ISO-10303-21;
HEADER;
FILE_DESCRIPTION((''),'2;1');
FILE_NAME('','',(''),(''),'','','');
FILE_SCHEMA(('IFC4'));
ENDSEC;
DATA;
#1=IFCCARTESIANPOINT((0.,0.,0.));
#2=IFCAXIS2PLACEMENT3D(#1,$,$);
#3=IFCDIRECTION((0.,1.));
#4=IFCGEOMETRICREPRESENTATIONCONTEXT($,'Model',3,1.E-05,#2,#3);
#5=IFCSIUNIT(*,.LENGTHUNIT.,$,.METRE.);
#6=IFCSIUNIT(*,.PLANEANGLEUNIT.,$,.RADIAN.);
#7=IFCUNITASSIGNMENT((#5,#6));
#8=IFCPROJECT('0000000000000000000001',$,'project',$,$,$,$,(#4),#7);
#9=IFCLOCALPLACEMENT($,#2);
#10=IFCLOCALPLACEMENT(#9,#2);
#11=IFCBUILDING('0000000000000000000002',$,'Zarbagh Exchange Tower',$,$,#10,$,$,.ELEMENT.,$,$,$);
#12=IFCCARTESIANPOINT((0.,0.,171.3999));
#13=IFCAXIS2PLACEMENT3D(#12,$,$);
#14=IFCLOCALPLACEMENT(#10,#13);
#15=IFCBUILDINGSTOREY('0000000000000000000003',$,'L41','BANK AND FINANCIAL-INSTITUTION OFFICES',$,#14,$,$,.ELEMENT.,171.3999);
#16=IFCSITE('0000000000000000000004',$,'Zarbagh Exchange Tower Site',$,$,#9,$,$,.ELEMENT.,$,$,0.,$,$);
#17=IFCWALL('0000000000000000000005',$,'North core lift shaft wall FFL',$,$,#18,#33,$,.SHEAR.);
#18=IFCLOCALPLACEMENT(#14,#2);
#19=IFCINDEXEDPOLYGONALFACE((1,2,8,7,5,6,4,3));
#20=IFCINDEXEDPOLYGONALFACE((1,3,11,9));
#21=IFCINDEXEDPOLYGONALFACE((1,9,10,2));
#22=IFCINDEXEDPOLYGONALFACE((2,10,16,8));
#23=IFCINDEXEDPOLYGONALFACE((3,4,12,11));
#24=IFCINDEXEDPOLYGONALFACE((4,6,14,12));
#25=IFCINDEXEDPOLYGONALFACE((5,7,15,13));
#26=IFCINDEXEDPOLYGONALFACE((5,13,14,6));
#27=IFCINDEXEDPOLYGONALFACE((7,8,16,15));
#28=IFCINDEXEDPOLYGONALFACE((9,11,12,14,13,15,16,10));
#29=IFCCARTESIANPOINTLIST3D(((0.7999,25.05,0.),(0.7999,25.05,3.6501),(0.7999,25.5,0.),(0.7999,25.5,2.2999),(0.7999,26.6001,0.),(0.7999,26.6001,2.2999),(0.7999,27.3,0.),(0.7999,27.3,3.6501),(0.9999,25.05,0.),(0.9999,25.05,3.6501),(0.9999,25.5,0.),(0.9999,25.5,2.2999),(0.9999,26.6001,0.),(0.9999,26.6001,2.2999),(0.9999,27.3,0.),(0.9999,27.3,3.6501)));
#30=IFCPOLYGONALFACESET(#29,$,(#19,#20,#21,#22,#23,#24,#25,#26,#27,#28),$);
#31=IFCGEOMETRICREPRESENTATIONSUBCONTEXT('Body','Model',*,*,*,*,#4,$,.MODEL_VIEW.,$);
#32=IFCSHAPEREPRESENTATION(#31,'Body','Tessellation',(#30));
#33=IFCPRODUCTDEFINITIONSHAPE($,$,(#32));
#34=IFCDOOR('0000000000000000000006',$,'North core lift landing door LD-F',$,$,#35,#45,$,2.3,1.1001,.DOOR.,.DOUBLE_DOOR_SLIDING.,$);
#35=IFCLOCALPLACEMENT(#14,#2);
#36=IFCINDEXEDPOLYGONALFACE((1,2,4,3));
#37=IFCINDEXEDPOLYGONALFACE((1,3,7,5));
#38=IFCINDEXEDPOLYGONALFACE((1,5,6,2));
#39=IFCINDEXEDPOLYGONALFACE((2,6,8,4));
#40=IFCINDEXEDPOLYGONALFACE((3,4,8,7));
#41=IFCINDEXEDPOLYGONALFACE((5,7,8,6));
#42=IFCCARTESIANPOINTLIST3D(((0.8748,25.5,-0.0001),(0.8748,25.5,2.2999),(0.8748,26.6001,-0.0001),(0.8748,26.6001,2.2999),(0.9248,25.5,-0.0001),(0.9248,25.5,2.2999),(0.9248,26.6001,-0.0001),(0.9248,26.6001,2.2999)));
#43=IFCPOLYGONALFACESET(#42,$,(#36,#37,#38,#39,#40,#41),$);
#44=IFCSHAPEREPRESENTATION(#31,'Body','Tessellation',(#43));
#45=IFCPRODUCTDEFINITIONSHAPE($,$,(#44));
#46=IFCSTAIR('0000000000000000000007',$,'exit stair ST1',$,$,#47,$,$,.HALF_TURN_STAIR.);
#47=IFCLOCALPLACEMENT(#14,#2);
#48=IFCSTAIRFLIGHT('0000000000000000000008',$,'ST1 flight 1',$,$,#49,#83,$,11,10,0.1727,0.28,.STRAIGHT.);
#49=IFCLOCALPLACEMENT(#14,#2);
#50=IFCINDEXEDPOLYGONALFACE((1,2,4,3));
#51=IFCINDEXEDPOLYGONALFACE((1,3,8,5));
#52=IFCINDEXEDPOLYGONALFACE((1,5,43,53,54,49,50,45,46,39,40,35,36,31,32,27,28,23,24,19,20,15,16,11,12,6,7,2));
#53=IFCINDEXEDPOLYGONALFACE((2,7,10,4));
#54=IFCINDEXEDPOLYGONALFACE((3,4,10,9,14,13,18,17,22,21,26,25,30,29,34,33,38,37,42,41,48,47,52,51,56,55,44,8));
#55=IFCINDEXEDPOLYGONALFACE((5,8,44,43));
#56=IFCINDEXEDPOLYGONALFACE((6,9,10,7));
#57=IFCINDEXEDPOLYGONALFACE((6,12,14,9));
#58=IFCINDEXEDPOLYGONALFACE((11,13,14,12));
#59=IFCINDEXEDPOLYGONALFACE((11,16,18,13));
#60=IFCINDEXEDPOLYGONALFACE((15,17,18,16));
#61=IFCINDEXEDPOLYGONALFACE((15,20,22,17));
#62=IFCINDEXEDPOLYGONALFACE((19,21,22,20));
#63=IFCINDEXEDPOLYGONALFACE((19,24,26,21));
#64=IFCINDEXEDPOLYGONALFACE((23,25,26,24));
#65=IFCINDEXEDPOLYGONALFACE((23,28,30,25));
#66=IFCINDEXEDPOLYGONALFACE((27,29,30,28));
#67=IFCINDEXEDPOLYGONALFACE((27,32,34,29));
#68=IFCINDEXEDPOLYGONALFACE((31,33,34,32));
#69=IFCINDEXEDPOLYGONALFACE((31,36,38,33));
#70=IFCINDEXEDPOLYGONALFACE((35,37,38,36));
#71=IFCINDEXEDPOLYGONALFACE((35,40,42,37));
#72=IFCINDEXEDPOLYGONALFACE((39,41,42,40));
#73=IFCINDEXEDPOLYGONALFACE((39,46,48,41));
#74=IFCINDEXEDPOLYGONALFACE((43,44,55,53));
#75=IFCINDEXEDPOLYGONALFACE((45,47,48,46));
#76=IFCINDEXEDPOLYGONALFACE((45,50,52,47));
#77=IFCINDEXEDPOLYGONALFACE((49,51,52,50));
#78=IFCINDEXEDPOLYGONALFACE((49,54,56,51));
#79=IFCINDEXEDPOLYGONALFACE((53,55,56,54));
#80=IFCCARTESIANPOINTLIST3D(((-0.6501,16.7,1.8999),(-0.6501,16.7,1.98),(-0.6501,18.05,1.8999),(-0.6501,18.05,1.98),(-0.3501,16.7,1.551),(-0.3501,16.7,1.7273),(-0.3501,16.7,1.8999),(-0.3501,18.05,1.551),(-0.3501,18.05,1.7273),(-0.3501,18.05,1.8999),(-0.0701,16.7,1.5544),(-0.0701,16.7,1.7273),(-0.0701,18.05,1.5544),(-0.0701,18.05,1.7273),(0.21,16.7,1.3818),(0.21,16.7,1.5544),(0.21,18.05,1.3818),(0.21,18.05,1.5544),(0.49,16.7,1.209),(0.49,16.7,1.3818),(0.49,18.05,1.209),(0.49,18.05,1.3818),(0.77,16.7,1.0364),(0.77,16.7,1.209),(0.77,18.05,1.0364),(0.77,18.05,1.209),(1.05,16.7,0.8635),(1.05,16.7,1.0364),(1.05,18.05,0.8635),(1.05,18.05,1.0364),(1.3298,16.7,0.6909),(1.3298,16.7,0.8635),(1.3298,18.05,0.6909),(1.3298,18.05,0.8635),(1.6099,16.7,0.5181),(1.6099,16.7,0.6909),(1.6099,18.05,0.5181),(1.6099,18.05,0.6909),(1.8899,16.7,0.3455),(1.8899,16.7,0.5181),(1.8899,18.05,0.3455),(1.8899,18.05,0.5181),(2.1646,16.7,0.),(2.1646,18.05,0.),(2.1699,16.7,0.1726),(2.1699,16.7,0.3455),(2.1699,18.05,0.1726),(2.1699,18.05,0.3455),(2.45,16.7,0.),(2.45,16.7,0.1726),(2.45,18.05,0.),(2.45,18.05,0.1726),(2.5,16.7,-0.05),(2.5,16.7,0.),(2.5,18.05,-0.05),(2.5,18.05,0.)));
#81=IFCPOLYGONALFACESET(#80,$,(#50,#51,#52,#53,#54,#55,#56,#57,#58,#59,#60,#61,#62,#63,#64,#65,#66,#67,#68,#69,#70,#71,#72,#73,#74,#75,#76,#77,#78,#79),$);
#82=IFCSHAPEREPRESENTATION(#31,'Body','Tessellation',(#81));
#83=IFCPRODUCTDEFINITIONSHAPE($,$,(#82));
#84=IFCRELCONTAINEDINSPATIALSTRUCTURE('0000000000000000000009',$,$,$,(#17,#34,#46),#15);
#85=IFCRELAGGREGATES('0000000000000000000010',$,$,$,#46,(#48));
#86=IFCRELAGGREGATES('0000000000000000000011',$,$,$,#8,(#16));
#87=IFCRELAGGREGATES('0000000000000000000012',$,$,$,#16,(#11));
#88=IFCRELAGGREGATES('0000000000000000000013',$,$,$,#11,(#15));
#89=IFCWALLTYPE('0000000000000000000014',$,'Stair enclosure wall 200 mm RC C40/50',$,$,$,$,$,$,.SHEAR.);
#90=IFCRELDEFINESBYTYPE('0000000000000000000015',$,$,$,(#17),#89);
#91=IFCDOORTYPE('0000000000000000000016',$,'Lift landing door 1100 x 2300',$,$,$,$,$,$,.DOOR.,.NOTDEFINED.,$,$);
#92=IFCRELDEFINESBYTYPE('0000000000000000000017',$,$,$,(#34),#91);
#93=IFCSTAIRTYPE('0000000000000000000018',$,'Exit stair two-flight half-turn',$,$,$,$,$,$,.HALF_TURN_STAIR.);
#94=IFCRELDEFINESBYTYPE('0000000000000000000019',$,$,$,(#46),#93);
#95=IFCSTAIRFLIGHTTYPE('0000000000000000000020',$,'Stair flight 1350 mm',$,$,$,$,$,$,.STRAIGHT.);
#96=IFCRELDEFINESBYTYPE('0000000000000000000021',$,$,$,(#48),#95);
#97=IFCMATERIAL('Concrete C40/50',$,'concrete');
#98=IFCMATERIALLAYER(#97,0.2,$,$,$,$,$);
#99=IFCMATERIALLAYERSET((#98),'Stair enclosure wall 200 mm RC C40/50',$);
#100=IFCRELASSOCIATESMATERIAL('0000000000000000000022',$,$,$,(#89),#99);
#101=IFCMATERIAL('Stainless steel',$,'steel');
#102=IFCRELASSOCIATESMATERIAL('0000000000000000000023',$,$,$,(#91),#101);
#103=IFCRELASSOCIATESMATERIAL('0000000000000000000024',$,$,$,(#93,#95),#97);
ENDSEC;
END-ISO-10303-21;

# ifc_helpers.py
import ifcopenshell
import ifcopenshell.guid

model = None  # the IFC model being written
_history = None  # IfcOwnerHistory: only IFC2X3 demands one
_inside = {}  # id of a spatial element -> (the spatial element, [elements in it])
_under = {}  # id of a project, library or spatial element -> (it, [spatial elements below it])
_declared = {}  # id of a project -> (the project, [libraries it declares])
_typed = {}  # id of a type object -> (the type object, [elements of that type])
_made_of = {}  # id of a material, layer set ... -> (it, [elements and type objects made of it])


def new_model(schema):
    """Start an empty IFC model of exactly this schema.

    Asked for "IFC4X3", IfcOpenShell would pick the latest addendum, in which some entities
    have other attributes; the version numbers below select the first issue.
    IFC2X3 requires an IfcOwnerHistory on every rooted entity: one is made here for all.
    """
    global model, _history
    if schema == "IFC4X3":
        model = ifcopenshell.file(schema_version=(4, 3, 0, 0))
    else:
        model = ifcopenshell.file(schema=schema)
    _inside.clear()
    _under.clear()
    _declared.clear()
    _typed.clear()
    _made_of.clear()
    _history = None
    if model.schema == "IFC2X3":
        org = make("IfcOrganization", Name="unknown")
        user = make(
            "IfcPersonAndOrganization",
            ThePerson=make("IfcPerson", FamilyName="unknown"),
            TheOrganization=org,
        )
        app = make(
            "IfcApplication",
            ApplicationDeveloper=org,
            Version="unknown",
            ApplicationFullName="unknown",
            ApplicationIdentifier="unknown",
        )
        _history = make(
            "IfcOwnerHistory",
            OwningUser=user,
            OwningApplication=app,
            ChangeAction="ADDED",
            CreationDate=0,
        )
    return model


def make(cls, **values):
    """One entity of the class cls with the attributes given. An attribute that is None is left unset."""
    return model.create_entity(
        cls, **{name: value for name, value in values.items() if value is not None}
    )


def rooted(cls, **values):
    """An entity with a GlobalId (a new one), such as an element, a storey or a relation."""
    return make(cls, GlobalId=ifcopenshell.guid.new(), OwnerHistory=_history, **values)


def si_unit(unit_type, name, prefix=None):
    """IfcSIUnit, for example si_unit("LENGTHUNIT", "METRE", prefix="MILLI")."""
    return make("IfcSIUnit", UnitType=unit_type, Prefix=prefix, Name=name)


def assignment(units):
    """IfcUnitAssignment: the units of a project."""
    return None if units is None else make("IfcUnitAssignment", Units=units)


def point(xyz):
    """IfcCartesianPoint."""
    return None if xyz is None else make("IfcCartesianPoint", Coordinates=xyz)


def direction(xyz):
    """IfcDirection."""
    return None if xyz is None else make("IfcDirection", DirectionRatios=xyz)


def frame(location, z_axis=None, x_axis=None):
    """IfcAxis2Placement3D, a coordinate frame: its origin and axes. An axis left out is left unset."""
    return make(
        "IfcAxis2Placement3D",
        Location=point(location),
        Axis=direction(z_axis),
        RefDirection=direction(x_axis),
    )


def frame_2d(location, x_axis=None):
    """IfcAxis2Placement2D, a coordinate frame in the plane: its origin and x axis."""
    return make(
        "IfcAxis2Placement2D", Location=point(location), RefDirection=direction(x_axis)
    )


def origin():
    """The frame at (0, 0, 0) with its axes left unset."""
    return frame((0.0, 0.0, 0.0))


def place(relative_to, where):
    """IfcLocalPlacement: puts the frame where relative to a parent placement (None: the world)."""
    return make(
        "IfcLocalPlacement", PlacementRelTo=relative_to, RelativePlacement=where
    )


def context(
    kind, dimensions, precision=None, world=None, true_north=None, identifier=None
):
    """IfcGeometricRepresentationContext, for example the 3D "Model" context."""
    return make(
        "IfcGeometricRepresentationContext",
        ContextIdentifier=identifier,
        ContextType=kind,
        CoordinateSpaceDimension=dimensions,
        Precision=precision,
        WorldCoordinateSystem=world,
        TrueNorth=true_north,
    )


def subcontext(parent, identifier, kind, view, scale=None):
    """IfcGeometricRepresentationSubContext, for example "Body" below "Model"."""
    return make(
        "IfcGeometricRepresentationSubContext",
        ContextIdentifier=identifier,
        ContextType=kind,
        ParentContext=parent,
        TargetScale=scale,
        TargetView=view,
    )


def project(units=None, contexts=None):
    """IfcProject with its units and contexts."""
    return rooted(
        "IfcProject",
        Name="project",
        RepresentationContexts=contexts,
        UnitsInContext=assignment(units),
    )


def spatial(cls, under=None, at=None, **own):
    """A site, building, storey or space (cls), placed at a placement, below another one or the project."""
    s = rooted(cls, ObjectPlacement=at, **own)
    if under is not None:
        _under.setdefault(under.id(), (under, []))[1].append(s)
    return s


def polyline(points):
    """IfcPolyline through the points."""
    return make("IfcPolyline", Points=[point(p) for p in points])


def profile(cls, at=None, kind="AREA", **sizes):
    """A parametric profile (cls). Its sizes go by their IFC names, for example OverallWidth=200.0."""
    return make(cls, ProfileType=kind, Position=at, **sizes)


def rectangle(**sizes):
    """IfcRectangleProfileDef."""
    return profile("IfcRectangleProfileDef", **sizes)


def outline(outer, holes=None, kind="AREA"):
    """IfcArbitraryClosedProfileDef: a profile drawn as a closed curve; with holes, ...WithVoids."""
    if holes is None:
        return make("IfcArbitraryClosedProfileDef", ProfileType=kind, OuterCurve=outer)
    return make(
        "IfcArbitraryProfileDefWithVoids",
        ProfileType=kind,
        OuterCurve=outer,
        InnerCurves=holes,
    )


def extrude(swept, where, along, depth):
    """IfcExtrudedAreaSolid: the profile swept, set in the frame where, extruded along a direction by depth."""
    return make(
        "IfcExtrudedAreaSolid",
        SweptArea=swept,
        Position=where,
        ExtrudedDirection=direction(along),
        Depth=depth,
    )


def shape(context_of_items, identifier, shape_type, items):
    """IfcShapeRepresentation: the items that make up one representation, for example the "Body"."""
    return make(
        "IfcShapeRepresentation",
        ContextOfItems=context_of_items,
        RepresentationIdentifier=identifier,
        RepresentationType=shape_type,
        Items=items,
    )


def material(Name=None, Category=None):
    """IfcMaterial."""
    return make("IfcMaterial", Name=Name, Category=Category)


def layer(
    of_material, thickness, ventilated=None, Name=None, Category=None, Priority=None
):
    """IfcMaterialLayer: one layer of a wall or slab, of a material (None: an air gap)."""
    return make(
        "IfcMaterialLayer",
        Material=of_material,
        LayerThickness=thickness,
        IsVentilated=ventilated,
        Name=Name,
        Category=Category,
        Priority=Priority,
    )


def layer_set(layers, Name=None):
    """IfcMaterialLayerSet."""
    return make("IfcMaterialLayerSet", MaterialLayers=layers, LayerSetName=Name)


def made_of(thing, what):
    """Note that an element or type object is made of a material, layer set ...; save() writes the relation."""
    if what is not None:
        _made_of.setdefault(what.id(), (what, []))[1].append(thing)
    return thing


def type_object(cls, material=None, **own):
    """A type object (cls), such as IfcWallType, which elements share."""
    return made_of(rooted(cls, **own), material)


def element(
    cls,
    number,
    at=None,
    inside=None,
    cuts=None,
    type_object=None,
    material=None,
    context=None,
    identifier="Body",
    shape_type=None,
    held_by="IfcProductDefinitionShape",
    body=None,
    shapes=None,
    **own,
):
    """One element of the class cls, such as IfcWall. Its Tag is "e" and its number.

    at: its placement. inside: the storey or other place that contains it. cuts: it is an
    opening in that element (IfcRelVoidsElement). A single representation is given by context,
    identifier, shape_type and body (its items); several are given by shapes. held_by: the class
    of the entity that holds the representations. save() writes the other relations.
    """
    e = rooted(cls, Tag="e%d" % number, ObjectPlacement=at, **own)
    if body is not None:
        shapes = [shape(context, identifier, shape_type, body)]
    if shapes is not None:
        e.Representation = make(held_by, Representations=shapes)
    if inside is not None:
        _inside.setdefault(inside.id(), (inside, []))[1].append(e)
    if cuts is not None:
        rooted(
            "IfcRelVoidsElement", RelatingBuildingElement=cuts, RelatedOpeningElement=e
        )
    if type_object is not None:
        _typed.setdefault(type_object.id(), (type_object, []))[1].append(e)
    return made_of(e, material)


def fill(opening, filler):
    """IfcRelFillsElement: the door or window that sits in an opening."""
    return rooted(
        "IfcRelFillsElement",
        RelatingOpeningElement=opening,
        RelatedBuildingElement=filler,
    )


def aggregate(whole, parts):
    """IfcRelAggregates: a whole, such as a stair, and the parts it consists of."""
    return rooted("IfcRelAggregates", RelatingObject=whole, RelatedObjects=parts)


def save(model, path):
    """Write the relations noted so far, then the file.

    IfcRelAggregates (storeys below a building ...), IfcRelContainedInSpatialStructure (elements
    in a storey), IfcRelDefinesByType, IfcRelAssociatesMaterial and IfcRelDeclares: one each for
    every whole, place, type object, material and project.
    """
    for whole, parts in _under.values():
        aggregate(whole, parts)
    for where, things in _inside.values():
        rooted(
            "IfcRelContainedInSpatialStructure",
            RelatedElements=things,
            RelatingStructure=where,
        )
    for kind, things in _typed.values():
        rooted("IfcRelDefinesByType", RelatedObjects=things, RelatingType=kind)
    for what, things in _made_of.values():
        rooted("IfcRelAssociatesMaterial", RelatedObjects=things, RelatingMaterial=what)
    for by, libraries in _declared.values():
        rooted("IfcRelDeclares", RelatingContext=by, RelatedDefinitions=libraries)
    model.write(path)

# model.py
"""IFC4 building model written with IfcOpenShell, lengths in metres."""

from ifc_helpers import new_model, si_unit, direction, frame, frame_2d, origin, place, context, subcontext, project, spatial, polyline, rectangle, outline, extrude, material, layer, layer_set, type_object, element, fill, aggregate, save


model = new_model("IFC4")

# Units and contexts
model_context = context("Model", 3, precision=1e-05, world=origin(), true_north=direction((0.0, 1.0)))
body_context = subcontext(model_context, "Body", "Model", "MODEL_VIEW")
ifc_project = project(units=[si_unit("LENGTHUNIT", "METRE"), si_unit("PLANEANGLEUNIT", "RADIAN")], contexts=[model_context])

# Site, building, storey
site_placement = place(None, origin())
site = spatial("IfcSite", under=ifc_project, at=site_placement, Name="Zarbagh Exchange Tower Site", CompositionType="ELEMENT", RefElevation=0.0)
building_placement = place(site_placement, origin())
building = spatial("IfcBuilding", under=site, at=building_placement, Name="Zarbagh Exchange Tower", CompositionType="ELEMENT")
storey_placement = place(building_placement, frame((0.0, 0.0, 171.3999)))
storey = spatial("IfcBuildingStorey", under=building, at=storey_placement, Name="L41", Description="BANK AND FINANCIAL-INSTITUTION OFFICES", CompositionType="ELEMENT", Elevation=171.3999)

# Wall, opening, door
ifc_material_1 = material(Name="Concrete C40/50", Category="concrete")
ifc_layer_1 = layer(ifc_material_1, 0.2)
ifc_layer_set_1 = layer_set([ifc_layer_1], Name="Stair enclosure wall 200 mm RC C40/50")
wall_type_1 = type_object("IfcWallType", Name="Stair enclosure wall 200 mm RC C40/50", PredefinedType="SHEAR", material=ifc_layer_set_1)
wall_1_placement = place(storey_placement, frame((0.8999, 27.3, 0.0), z_axis=(0.0, 0.0, 1.0), x_axis=(0.0, -1.0, 0.0)))
wall_1 = element("IfcWall", 1, at=wall_1_placement, inside=storey, type_object=wall_type_1, Name="North core lift shaft wall FFL", PredefinedType="SHEAR", context=body_context, shape_type="SweptSolid", body=[
    extrude(rectangle(XDim=2.25, YDim=0.2, at=frame_2d((1.125, 0.0))), origin(), (0.0, 0.0, 1.0), 3.6501),
])
opening_1_placement = place(wall_1_placement, frame((0.7, 0.0, 0.0)))
opening_1 = element("IfcOpeningElement", 2, at=opening_1_placement, cuts=wall_1, PredefinedType="OPENING", context=body_context, shape_type="SweptSolid", body=[
    extrude(rectangle(XDim=1.1001, YDim=2.3, at=frame_2d((0.55, 1.1499))), frame((0.0, 0.1099, 0.0), z_axis=(0.0, -1.0, 0.0), x_axis=(1.0, 0.0, 0.0)), (0.0, 0.0, 1.0), 0.22),
])
ifc_material_2 = material(Name="Stainless steel", Category="steel")
door_type_1 = type_object("IfcDoorType", Name="Lift landing door 1100 x 2300", OperationType="NOTDEFINED", PredefinedType="DOOR", material=ifc_material_2)
door_1_placement = place(opening_1_placement, origin())
door_1 = element("IfcDoor", 3, at=door_1_placement, inside=storey, type_object=door_type_1, Name="North core lift landing door LD-F", OperationType="DOUBLE_DOOR_SLIDING", OverallHeight=2.3, OverallWidth=1.1001, PredefinedType="DOOR", context=body_context, shape_type="SweptSolid", body=[
    extrude(rectangle(XDim=1.1001, YDim=2.3, at=frame_2d((0.55, 1.1499))), frame((0.0, 0.0249, 0.0), z_axis=(0.0, -1.0, 0.0), x_axis=(1.0, 0.0, 0.0)), (0.0, 0.0, 1.0), 0.05),
])
fill(opening_1, door_1)

# Stair, stair flight
stair_type = type_object("IfcStairType", Name="Exit stair two-flight half-turn", PredefinedType="HALF_TURN_STAIR", material=ifc_material_1)
stair_placement = place(storey_placement, origin())
stair = element("IfcStair", 4, at=stair_placement, inside=storey, type_object=stair_type, Name="exit stair ST1", PredefinedType="HALF_TURN_STAIR")
stair_flight_type = type_object("IfcStairFlightType", Name="Stair flight 1350 mm", PredefinedType="STRAIGHT", material=ifc_material_1)
stair_flight_placement = place(storey_placement, frame((2.45, 17.375, 0.0), z_axis=(0.0, 0.0, 1.0), x_axis=(-1.0, 0.0, 0.0)))
stair_flight = element("IfcStairFlight", 5, at=stair_flight_placement, type_object=stair_flight_type, Name="ST1 flight 1", NumberOfRisers=11, NumberOfTreads=10, PredefinedType="STRAIGHT", RiserHeight=0.1727, TreadLength=0.28, context=body_context, shape_type="SweptSolid", body=[
    extrude(outline(polyline([(-0.05, -0.05), (-0.05, 0.0), (0.0, 0.0), (0.0, 0.1726), (0.28, 0.1726), (0.28, 0.3455), (0.5601, 0.3455), (0.5601, 0.5181), (0.8401, 0.5181), (0.8401, 0.6909), (1.1201, 0.6909), (1.1201, 0.8635), (1.3999, 0.8635), (1.3999, 1.0364), (1.6799, 1.0364), (1.6799, 1.209), (1.96, 1.209), (1.96, 1.3818), (2.24, 1.3818), (2.24, 1.5544), (2.52, 1.5544), (2.52, 1.7273), (2.8, 1.7273), (2.8, 1.8999), (3.1001, 1.98), (3.1001, 1.8999), (2.8, 1.551), (0.2854, 0.0), (-0.05, -0.05)])), frame((0.0, 0.675, 0.0), z_axis=(0.0, -1.0, 0.0), x_axis=(1.0, 0.0, 0.0)), (0.0, 0.0, 1.0), 1.3501),
])
aggregate(stair, [stair_flight])

save(model, "model.ifc")
